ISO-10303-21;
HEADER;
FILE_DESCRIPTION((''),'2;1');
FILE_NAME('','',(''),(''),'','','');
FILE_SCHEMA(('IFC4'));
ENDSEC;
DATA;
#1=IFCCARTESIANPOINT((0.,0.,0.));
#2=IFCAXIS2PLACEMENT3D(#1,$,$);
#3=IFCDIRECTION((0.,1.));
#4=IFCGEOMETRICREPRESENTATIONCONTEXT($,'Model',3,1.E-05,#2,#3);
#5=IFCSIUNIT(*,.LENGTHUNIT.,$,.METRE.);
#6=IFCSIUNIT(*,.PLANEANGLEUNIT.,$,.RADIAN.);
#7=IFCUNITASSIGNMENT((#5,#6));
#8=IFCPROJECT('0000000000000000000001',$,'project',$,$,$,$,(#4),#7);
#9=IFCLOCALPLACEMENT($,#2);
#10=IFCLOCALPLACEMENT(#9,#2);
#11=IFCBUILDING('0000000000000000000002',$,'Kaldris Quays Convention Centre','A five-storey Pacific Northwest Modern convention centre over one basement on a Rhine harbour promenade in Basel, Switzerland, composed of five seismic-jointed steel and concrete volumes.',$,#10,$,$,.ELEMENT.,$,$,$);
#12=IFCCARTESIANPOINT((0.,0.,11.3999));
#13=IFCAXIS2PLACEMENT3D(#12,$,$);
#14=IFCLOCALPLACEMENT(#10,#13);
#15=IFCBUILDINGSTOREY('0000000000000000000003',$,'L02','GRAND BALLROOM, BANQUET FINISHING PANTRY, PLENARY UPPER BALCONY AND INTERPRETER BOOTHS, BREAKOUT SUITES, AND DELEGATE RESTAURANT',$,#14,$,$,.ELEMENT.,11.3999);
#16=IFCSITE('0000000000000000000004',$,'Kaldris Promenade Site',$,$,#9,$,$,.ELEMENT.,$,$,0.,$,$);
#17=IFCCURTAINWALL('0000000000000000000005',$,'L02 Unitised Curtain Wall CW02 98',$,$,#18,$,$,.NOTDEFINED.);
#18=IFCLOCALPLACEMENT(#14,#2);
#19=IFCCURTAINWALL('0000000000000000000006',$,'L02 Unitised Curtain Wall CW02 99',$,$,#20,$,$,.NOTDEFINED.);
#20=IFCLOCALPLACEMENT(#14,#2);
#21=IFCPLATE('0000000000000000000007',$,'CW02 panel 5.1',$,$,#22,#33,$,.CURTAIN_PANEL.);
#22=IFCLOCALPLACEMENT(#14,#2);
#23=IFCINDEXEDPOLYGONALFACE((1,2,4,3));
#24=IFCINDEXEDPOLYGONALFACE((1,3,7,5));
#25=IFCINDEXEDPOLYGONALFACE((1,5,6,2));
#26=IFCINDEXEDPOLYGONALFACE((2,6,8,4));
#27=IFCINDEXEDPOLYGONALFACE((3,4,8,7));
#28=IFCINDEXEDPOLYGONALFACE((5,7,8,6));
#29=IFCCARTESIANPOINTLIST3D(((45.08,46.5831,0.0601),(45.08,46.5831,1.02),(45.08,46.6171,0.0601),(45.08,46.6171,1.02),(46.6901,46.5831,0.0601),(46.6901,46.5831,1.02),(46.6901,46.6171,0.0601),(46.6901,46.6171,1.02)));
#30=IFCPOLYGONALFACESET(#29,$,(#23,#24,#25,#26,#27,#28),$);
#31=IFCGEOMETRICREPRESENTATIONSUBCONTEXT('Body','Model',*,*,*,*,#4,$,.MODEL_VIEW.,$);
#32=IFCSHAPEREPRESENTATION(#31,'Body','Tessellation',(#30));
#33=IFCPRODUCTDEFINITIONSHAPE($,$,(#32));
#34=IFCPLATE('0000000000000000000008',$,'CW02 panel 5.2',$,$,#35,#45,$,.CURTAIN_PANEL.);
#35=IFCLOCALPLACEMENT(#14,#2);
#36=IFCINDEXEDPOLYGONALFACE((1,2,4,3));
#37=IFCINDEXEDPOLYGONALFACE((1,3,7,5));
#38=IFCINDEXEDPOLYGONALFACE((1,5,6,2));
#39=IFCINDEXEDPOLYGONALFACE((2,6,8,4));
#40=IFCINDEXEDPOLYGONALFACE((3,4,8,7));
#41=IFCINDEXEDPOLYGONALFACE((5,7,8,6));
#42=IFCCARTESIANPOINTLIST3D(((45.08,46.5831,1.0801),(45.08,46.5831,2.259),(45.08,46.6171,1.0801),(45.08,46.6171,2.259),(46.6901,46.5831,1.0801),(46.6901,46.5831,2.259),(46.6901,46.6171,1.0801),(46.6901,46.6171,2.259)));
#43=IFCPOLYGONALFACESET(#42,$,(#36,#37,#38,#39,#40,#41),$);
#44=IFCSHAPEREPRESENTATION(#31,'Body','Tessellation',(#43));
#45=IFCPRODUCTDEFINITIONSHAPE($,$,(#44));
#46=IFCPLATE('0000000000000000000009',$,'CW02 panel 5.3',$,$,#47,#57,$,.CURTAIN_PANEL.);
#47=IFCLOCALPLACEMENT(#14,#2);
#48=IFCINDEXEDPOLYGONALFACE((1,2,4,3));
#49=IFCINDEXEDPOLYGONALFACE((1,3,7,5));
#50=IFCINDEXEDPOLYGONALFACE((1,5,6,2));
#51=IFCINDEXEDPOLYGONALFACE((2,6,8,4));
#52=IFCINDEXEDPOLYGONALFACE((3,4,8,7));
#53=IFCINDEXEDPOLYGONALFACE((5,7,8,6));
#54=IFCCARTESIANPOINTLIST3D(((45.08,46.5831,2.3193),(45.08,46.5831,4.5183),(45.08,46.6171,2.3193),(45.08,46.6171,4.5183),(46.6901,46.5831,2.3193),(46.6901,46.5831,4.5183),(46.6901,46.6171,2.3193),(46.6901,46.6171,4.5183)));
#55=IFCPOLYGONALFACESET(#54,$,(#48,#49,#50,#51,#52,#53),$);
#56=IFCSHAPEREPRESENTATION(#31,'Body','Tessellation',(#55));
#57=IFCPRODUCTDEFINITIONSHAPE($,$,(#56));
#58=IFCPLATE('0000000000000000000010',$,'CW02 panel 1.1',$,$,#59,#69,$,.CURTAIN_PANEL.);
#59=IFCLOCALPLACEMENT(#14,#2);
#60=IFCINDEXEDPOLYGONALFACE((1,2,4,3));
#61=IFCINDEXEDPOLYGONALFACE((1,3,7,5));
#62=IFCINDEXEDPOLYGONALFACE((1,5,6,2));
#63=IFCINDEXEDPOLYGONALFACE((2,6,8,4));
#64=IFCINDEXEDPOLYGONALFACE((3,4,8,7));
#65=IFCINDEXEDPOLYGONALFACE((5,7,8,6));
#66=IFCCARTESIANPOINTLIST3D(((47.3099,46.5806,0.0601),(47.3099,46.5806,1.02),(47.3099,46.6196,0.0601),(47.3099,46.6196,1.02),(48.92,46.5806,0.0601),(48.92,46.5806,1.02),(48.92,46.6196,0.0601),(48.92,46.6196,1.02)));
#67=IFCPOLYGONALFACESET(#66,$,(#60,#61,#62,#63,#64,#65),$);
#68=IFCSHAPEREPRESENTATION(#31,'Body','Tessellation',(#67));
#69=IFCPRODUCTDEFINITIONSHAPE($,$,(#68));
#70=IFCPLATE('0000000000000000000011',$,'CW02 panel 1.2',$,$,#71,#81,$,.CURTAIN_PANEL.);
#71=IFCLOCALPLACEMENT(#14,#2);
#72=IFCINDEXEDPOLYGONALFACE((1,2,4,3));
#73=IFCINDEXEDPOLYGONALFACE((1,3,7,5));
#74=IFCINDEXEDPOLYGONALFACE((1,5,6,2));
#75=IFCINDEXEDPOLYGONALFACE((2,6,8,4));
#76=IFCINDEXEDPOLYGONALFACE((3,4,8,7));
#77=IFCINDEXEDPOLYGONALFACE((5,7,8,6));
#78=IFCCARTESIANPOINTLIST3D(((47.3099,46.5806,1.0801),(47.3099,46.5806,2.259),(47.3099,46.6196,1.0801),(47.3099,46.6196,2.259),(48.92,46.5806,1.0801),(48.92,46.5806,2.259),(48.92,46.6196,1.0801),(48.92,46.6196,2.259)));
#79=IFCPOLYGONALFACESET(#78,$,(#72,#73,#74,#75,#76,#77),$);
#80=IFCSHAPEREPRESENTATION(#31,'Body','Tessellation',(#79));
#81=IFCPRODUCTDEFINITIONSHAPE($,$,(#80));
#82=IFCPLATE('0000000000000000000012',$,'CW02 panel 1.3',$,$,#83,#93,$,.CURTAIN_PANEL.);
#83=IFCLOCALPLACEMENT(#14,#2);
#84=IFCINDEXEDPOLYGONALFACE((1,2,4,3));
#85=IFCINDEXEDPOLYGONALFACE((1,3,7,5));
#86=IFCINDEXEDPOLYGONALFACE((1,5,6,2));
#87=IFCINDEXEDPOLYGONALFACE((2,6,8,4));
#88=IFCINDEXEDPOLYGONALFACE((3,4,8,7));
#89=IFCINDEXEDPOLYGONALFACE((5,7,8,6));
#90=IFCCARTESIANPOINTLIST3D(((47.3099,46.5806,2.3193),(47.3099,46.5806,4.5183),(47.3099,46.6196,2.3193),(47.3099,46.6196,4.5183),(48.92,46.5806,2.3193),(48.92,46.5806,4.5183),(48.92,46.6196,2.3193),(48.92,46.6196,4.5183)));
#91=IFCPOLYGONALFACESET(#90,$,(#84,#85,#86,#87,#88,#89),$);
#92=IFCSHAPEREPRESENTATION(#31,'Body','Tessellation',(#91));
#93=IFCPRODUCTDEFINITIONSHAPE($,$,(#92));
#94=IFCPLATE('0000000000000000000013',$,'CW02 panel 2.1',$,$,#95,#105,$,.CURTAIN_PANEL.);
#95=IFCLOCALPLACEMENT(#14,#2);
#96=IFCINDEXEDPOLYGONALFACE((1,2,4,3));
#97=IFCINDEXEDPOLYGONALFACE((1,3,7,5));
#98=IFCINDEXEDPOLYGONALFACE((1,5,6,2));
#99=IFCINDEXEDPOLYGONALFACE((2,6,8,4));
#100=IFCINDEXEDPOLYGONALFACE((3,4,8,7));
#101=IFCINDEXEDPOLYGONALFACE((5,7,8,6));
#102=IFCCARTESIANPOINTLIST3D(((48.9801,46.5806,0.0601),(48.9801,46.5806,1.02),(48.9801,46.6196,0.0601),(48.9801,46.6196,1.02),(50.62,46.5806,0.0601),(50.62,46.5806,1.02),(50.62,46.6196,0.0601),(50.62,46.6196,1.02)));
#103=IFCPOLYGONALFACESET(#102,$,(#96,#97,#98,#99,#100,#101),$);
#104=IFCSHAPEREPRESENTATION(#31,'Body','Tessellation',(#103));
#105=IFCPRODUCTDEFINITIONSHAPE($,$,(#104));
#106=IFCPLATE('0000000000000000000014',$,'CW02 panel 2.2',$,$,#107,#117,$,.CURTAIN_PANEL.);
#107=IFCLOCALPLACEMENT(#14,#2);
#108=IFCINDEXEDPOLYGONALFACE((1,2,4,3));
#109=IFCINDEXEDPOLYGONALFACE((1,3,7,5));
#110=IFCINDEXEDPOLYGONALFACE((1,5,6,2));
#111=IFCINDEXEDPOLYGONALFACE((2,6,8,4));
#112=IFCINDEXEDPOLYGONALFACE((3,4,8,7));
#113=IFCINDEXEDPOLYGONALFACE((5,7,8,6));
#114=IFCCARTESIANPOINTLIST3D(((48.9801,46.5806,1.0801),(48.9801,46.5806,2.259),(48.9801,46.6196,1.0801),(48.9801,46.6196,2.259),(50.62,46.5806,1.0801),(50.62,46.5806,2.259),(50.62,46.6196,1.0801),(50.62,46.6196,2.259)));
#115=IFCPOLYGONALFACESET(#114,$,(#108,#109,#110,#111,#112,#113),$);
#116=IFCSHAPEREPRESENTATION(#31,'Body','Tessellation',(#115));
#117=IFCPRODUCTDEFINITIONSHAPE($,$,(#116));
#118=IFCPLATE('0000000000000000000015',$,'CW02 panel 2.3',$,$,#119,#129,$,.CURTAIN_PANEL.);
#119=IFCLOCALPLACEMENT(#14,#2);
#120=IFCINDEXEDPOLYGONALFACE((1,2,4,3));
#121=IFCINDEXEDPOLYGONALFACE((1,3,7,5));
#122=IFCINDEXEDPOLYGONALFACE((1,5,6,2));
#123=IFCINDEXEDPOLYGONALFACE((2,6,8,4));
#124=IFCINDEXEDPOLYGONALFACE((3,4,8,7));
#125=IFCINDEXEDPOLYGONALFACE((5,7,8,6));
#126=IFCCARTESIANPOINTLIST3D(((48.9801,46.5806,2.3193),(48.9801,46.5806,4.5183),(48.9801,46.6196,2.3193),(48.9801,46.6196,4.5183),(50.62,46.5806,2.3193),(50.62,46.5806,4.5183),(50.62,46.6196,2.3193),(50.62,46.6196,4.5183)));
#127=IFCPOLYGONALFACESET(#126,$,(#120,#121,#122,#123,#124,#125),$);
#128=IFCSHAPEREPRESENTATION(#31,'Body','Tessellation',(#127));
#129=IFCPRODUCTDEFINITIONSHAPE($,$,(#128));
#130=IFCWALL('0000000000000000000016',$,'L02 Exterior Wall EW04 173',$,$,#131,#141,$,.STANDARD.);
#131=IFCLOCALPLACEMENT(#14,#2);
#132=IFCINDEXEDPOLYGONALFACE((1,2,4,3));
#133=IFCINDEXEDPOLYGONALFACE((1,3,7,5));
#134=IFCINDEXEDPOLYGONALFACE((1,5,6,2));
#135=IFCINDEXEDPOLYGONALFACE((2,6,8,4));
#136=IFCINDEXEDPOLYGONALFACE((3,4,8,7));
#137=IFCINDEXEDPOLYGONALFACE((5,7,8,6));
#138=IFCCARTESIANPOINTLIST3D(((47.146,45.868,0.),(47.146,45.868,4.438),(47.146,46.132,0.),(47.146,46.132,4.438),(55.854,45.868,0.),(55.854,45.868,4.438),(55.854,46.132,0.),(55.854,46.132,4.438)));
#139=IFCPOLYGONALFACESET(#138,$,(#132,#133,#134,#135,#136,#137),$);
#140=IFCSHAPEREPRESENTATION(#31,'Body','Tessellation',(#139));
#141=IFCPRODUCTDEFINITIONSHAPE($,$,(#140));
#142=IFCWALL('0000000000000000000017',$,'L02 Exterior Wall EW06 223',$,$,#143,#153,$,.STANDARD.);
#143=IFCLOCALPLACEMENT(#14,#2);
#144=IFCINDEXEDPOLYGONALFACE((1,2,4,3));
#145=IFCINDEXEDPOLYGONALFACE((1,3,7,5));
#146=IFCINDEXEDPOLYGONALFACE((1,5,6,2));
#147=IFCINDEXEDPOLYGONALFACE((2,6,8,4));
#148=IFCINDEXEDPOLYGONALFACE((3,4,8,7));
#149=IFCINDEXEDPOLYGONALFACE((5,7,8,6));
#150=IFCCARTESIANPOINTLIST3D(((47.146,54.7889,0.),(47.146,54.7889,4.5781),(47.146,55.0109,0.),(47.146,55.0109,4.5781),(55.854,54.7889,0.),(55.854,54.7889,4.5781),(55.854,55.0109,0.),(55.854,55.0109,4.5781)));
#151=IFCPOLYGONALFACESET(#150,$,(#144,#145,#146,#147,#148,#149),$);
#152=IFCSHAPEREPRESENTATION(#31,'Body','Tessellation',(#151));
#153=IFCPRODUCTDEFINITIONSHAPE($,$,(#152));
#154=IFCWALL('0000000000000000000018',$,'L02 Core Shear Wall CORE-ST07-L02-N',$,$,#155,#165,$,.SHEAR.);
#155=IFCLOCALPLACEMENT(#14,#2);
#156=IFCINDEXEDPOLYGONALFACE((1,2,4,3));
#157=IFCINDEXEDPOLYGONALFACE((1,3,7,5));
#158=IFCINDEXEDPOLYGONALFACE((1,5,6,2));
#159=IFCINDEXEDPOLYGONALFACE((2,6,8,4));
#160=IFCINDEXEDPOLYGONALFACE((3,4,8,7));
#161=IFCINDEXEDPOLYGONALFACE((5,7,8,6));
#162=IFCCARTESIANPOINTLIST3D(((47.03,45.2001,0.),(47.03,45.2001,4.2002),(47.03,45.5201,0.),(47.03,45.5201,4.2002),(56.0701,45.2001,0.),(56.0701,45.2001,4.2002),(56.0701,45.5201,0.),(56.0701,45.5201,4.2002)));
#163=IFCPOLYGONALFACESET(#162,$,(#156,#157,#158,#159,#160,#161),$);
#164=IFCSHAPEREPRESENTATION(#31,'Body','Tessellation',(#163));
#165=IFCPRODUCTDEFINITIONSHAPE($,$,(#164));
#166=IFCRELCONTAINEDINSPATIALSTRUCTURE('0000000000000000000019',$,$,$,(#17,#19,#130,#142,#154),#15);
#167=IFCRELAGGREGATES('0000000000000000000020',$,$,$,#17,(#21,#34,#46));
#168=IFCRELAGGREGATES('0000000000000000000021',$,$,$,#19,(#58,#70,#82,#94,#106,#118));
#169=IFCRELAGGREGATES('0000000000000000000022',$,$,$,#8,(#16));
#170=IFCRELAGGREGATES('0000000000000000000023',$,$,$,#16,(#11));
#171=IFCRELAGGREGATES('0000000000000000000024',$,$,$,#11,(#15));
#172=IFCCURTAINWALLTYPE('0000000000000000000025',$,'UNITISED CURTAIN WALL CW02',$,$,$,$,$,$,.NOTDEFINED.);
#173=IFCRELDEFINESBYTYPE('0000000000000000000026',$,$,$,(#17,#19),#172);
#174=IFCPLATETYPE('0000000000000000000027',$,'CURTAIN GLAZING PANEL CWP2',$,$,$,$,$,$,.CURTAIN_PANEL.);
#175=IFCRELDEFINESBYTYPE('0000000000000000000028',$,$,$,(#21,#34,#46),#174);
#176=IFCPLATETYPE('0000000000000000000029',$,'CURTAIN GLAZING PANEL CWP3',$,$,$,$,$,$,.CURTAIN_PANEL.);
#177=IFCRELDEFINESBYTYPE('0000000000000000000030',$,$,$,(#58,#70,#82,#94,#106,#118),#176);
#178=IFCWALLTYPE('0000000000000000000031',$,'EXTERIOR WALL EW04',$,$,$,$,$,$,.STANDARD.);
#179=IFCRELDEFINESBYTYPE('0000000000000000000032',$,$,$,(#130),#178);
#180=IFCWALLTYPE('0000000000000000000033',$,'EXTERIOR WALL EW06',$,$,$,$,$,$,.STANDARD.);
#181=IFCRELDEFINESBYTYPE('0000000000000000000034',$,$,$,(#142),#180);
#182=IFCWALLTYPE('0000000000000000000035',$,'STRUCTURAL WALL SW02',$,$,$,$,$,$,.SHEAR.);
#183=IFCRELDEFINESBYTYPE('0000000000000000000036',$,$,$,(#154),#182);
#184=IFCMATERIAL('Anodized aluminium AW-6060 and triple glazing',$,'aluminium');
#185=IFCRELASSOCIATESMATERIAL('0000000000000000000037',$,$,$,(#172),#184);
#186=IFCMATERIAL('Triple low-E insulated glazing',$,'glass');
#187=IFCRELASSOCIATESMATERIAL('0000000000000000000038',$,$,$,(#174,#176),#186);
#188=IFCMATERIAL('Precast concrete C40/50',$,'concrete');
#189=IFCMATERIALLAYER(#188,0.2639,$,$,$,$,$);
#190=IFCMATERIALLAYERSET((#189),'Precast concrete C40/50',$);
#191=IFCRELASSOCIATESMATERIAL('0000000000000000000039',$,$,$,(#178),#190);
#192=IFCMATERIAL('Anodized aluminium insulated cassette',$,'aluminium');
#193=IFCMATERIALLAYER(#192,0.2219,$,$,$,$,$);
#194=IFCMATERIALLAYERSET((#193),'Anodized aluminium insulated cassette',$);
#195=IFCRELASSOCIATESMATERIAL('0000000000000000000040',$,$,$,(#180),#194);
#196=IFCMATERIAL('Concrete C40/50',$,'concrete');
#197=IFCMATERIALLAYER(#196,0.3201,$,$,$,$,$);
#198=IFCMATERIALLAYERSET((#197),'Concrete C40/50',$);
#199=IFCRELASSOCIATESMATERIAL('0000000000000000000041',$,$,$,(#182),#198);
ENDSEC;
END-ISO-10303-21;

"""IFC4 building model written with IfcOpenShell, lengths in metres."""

from ifc_helpers import new_model, si_unit, direction, frame, frame_2d, origin, origin_2d, place, context, subcontext, project, spatial, rectangle, extrude, material, layer, layer_set, type_object, element, aggregate, save


model = new_model("IFC4")

# Units and contexts
model_context = context("Model", 3, precision=1e-05, world=origin(), true_north=direction((0.0, 1.0)))
body_context = subcontext(model_context, "Body", "Model", "MODEL_VIEW")
ifc_project = project(units=[si_unit("LENGTHUNIT", "METRE"), si_unit("PLANEANGLEUNIT", "RADIAN")], contexts=[model_context])

# Site, building, storey
site_placement = place(None, origin())
site = spatial("IfcSite", under=ifc_project, at=site_placement, Name="Kaldris Promenade Site", CompositionType="ELEMENT", RefElevation=0.0)
building_placement = place(site_placement, origin())
building = spatial("IfcBuilding", under=site, at=building_placement, Name="Kaldris Quays Convention Centre", Description="A five-storey Pacific Northwest Modern convention centre over one basement on a Rhine harbour promenade in Basel, Switzerland, composed of five seismic-jointed steel and concrete volumes.", CompositionType="ELEMENT")
storey_placement = place(building_placement, frame((0.0, 0.0, 11.3999)))
storey = spatial("IfcBuildingStorey", under=building, at=storey_placement, Name="L02", Description="GRAND BALLROOM, BANQUET FINISHING PANTRY, PLENARY UPPER BALCONY AND INTERPRETER BOOTHS, BREAKOUT SUITES, AND DELEGATE RESTAURANT", CompositionType="ELEMENT", Elevation=11.3999)

# Curtain wall
ifc_material_1 = material(Name="Anodized aluminium AW-6060 and triple glazing", Category="aluminium")
curtain_wall_type = type_object("IfcCurtainWallType", Name="UNITISED CURTAIN WALL CW02", PredefinedType="NOTDEFINED", material=ifc_material_1)
curtain_wall_1_placement = place(storey_placement, origin())
curtain_wall_1 = element("IfcCurtainWall", 1, at=curtain_wall_1_placement, inside=storey, type_object=curtain_wall_type, Name="L02 Unitised Curtain Wall CW02 98", PredefinedType="NOTDEFINED")

# Curtain wall
curtain_wall_2_placement = place(storey_placement, origin())
curtain_wall_2 = element("IfcCurtainWall", 2, at=curtain_wall_2_placement, inside=storey, type_object=curtain_wall_type, Name="L02 Unitised Curtain Wall CW02 99", PredefinedType="NOTDEFINED")

# Plates
ifc_material_2 = material(Name="Triple low-E insulated glazing", Category="glass")
plate_type_1 = type_object("IfcPlateType", Name="CURTAIN GLAZING PANEL CWP2", PredefinedType="CURTAIN_PANEL", material=ifc_material_2)
plate_1_placement = place(storey_placement, frame((45.885, 46.6001, 0.0601), z_axis=(0.0, 0.0, 1.0), x_axis=(1.0, 0.0, 0.0)))
plate_1 = element("IfcPlate", 3, at=plate_1_placement, type_object=plate_type_1, Name="CW02 panel 5.1", PredefinedType="CURTAIN_PANEL", context=body_context, shape_type="SweptSolid", body=[
    extrude(rectangle(XDim=1.6101, YDim=0.0339, at=origin_2d()), origin(), (0.0, 0.0, 1.0), 0.96),
])
plate_2_placement = place(storey_placement, frame((45.885, 46.6001, 1.0801), z_axis=(0.0, 0.0, 1.0), x_axis=(1.0, 0.0, 0.0)))
plate_2 = element("IfcPlate", 4, at=plate_2_placement, type_object=plate_type_1, Name="CW02 panel 5.2", PredefinedType="CURTAIN_PANEL", context=body_context, shape_type="SweptSolid", body=[
    extrude(rectangle(XDim=1.6101, YDim=0.0339, at=origin_2d()), origin(), (0.0, 0.0, 1.0), 1.179),
])
plate_3_placement = place(storey_placement, frame((45.885, 46.6001, 2.3193), z_axis=(0.0, 0.0, 1.0), x_axis=(1.0, 0.0, 0.0)))
plate_3 = element("IfcPlate", 5, at=plate_3_placement, type_object=plate_type_1, Name="CW02 panel 5.3", PredefinedType="CURTAIN_PANEL", context=body_context, shape_type="SweptSolid", body=[
    extrude(rectangle(XDim=1.6101, YDim=0.0339, at=origin_2d()), origin(), (0.0, 0.0, 1.0), 2.199),
])
aggregate(curtain_wall_1, [plate_1, plate_2, plate_3])
plate_type_2 = type_object("IfcPlateType", Name="CURTAIN GLAZING PANEL CWP3", PredefinedType="CURTAIN_PANEL", material=ifc_material_2)
plate_4_placement = place(storey_placement, frame((48.115, 46.6001, 0.0601), z_axis=(0.0, 0.0, 1.0), x_axis=(1.0, 0.0, 0.0)))
plate_4 = element("IfcPlate", 6, at=plate_4_placement, type_object=plate_type_2, Name="CW02 panel 1.1", PredefinedType="CURTAIN_PANEL", context=body_context, shape_type="SweptSolid", body=[
    extrude(rectangle(XDim=1.6101, YDim=0.0391, at=origin_2d()), origin(), (0.0, 0.0, 1.0), 0.96),
])
plate_5_placement = place(storey_placement, frame((48.115, 46.6001, 1.0801), z_axis=(0.0, 0.0, 1.0), x_axis=(1.0, 0.0, 0.0)))
plate_5 = element("IfcPlate", 7, at=plate_5_placement, type_object=plate_type_2, Name="CW02 panel 1.2", PredefinedType="CURTAIN_PANEL", context=body_context, shape_type="SweptSolid", body=[
    extrude(rectangle(XDim=1.6101, YDim=0.0391, at=origin_2d()), origin(), (0.0, 0.0, 1.0), 1.179),
])
plate_6_placement = place(storey_placement, frame((48.115, 46.6001, 2.3193), z_axis=(0.0, 0.0, 1.0), x_axis=(1.0, 0.0, 0.0)))
plate_6 = element("IfcPlate", 8, at=plate_6_placement, type_object=plate_type_2, Name="CW02 panel 1.3", PredefinedType="CURTAIN_PANEL", context=body_context, shape_type="SweptSolid", body=[
    extrude(rectangle(XDim=1.6101, YDim=0.0391, at=origin_2d()), origin(), (0.0, 0.0, 1.0), 2.199),
])
plate_7_placement = place(storey_placement, frame((49.8, 46.6001, 0.0601), z_axis=(0.0, 0.0, 1.0), x_axis=(1.0, 0.0, 0.0)))
plate_7 = element("IfcPlate", 9, at=plate_7_placement, type_object=plate_type_2, Name="CW02 panel 2.1", PredefinedType="CURTAIN_PANEL", context=body_context, shape_type="SweptSolid", body=[
    extrude(rectangle(XDim=1.6399, YDim=0.0391, at=origin_2d()), origin(), (0.0, 0.0, 1.0), 0.96),
])
plate_8_placement = place(storey_placement, frame((49.8, 46.6001, 1.0801), z_axis=(0.0, 0.0, 1.0), x_axis=(1.0, 0.0, 0.0)))
plate_8 = element("IfcPlate", 10, at=plate_8_placement, type_object=plate_type_2, Name="CW02 panel 2.2", PredefinedType="CURTAIN_PANEL", context=body_context, shape_type="SweptSolid", body=[
    extrude(rectangle(XDim=1.6399, YDim=0.0391, at=origin_2d()), origin(), (0.0, 0.0, 1.0), 1.179),
])
plate_9_placement = place(storey_placement, frame((49.8, 46.6001, 2.3193), z_axis=(0.0, 0.0, 1.0), x_axis=(1.0, 0.0, 0.0)))
plate_9 = element("IfcPlate", 11, at=plate_9_placement, type_object=plate_type_2, Name="CW02 panel 2.3", PredefinedType="CURTAIN_PANEL", context=body_context, shape_type="SweptSolid", body=[
    extrude(rectangle(XDim=1.6399, YDim=0.0391, at=origin_2d()), origin(), (0.0, 0.0, 1.0), 2.199),
])
aggregate(curtain_wall_2, [plate_4, plate_5, plate_6, plate_7, plate_8, plate_9])

# Walls
ifc_material_3 = material(Name="Precast concrete C40/50", Category="concrete")
ifc_layer_1 = layer(ifc_material_3, 0.2639)
ifc_layer_set_1 = layer_set([ifc_layer_1], Name="Precast concrete C40/50")
wall_type_1 = type_object("IfcWallType", Name="EXTERIOR WALL EW04", PredefinedType="STANDARD", material=ifc_layer_set_1)
wall_1_placement = place(storey_placement, frame((47.146, 46.0, 0.0), z_axis=(0.0, 0.0, 1.0), x_axis=(1.0, 0.0, 0.0)))
element("IfcWall", 12, at=wall_1_placement, inside=storey, type_object=wall_type_1, Name="L02 Exterior Wall EW04 173", PredefinedType="STANDARD", context=body_context, shape_type="SweptSolid", body=[
    extrude(rectangle(XDim=8.708, YDim=0.2639, at=frame_2d((4.354, 0.0))), origin(), (0.0, 0.0, 1.0), 4.438),
])
ifc_material_4 = material(Name="Anodized aluminium insulated cassette", Category="aluminium")
ifc_layer_2 = layer(ifc_material_4, 0.2219)
ifc_layer_set_2 = layer_set([ifc_layer_2], Name="Anodized aluminium insulated cassette")
wall_type_2 = type_object("IfcWallType", Name="EXTERIOR WALL EW06", PredefinedType="STANDARD", material=ifc_layer_set_2)
wall_2_placement = place(storey_placement, frame((47.146, 54.8999, 0.0), z_axis=(0.0, 0.0, 1.0), x_axis=(1.0, 0.0, 0.0)))
element("IfcWall", 13, at=wall_2_placement, inside=storey, type_object=wall_type_2, Name="L02 Exterior Wall EW06 223", PredefinedType="STANDARD", context=body_context, shape_type="SweptSolid", body=[
    extrude(rectangle(XDim=8.708, YDim=0.2219, at=frame_2d((4.354, 0.0))), origin(), (0.0, 0.0, 1.0), 4.5781),
])
ifc_material_5 = material(Name="Concrete C40/50", Category="concrete")
ifc_layer_3 = layer(ifc_material_5, 0.3201)
ifc_layer_set_3 = layer_set([ifc_layer_3], Name="Concrete C40/50")
wall_type_3 = type_object("IfcWallType", Name="STRUCTURAL WALL SW02", PredefinedType="SHEAR", material=ifc_layer_set_3)
wall_3_placement = place(storey_placement, frame((47.03, 45.3601, 0.0), z_axis=(0.0, 0.0, 1.0), x_axis=(1.0, 0.0, 0.0)))
element("IfcWall", 14, at=wall_3_placement, inside=storey, type_object=wall_type_3, Name="L02 Core Shear Wall CORE-ST07-L02-N", PredefinedType="SHEAR", context=body_context, shape_type="SweptSolid", body=[
    extrude(rectangle(XDim=9.04, YDim=0.3201, at=frame_2d((4.52, 0.0))), origin(), (0.0, 0.0, 1.0), 4.2002),
])

save(model, "model.ifc")
